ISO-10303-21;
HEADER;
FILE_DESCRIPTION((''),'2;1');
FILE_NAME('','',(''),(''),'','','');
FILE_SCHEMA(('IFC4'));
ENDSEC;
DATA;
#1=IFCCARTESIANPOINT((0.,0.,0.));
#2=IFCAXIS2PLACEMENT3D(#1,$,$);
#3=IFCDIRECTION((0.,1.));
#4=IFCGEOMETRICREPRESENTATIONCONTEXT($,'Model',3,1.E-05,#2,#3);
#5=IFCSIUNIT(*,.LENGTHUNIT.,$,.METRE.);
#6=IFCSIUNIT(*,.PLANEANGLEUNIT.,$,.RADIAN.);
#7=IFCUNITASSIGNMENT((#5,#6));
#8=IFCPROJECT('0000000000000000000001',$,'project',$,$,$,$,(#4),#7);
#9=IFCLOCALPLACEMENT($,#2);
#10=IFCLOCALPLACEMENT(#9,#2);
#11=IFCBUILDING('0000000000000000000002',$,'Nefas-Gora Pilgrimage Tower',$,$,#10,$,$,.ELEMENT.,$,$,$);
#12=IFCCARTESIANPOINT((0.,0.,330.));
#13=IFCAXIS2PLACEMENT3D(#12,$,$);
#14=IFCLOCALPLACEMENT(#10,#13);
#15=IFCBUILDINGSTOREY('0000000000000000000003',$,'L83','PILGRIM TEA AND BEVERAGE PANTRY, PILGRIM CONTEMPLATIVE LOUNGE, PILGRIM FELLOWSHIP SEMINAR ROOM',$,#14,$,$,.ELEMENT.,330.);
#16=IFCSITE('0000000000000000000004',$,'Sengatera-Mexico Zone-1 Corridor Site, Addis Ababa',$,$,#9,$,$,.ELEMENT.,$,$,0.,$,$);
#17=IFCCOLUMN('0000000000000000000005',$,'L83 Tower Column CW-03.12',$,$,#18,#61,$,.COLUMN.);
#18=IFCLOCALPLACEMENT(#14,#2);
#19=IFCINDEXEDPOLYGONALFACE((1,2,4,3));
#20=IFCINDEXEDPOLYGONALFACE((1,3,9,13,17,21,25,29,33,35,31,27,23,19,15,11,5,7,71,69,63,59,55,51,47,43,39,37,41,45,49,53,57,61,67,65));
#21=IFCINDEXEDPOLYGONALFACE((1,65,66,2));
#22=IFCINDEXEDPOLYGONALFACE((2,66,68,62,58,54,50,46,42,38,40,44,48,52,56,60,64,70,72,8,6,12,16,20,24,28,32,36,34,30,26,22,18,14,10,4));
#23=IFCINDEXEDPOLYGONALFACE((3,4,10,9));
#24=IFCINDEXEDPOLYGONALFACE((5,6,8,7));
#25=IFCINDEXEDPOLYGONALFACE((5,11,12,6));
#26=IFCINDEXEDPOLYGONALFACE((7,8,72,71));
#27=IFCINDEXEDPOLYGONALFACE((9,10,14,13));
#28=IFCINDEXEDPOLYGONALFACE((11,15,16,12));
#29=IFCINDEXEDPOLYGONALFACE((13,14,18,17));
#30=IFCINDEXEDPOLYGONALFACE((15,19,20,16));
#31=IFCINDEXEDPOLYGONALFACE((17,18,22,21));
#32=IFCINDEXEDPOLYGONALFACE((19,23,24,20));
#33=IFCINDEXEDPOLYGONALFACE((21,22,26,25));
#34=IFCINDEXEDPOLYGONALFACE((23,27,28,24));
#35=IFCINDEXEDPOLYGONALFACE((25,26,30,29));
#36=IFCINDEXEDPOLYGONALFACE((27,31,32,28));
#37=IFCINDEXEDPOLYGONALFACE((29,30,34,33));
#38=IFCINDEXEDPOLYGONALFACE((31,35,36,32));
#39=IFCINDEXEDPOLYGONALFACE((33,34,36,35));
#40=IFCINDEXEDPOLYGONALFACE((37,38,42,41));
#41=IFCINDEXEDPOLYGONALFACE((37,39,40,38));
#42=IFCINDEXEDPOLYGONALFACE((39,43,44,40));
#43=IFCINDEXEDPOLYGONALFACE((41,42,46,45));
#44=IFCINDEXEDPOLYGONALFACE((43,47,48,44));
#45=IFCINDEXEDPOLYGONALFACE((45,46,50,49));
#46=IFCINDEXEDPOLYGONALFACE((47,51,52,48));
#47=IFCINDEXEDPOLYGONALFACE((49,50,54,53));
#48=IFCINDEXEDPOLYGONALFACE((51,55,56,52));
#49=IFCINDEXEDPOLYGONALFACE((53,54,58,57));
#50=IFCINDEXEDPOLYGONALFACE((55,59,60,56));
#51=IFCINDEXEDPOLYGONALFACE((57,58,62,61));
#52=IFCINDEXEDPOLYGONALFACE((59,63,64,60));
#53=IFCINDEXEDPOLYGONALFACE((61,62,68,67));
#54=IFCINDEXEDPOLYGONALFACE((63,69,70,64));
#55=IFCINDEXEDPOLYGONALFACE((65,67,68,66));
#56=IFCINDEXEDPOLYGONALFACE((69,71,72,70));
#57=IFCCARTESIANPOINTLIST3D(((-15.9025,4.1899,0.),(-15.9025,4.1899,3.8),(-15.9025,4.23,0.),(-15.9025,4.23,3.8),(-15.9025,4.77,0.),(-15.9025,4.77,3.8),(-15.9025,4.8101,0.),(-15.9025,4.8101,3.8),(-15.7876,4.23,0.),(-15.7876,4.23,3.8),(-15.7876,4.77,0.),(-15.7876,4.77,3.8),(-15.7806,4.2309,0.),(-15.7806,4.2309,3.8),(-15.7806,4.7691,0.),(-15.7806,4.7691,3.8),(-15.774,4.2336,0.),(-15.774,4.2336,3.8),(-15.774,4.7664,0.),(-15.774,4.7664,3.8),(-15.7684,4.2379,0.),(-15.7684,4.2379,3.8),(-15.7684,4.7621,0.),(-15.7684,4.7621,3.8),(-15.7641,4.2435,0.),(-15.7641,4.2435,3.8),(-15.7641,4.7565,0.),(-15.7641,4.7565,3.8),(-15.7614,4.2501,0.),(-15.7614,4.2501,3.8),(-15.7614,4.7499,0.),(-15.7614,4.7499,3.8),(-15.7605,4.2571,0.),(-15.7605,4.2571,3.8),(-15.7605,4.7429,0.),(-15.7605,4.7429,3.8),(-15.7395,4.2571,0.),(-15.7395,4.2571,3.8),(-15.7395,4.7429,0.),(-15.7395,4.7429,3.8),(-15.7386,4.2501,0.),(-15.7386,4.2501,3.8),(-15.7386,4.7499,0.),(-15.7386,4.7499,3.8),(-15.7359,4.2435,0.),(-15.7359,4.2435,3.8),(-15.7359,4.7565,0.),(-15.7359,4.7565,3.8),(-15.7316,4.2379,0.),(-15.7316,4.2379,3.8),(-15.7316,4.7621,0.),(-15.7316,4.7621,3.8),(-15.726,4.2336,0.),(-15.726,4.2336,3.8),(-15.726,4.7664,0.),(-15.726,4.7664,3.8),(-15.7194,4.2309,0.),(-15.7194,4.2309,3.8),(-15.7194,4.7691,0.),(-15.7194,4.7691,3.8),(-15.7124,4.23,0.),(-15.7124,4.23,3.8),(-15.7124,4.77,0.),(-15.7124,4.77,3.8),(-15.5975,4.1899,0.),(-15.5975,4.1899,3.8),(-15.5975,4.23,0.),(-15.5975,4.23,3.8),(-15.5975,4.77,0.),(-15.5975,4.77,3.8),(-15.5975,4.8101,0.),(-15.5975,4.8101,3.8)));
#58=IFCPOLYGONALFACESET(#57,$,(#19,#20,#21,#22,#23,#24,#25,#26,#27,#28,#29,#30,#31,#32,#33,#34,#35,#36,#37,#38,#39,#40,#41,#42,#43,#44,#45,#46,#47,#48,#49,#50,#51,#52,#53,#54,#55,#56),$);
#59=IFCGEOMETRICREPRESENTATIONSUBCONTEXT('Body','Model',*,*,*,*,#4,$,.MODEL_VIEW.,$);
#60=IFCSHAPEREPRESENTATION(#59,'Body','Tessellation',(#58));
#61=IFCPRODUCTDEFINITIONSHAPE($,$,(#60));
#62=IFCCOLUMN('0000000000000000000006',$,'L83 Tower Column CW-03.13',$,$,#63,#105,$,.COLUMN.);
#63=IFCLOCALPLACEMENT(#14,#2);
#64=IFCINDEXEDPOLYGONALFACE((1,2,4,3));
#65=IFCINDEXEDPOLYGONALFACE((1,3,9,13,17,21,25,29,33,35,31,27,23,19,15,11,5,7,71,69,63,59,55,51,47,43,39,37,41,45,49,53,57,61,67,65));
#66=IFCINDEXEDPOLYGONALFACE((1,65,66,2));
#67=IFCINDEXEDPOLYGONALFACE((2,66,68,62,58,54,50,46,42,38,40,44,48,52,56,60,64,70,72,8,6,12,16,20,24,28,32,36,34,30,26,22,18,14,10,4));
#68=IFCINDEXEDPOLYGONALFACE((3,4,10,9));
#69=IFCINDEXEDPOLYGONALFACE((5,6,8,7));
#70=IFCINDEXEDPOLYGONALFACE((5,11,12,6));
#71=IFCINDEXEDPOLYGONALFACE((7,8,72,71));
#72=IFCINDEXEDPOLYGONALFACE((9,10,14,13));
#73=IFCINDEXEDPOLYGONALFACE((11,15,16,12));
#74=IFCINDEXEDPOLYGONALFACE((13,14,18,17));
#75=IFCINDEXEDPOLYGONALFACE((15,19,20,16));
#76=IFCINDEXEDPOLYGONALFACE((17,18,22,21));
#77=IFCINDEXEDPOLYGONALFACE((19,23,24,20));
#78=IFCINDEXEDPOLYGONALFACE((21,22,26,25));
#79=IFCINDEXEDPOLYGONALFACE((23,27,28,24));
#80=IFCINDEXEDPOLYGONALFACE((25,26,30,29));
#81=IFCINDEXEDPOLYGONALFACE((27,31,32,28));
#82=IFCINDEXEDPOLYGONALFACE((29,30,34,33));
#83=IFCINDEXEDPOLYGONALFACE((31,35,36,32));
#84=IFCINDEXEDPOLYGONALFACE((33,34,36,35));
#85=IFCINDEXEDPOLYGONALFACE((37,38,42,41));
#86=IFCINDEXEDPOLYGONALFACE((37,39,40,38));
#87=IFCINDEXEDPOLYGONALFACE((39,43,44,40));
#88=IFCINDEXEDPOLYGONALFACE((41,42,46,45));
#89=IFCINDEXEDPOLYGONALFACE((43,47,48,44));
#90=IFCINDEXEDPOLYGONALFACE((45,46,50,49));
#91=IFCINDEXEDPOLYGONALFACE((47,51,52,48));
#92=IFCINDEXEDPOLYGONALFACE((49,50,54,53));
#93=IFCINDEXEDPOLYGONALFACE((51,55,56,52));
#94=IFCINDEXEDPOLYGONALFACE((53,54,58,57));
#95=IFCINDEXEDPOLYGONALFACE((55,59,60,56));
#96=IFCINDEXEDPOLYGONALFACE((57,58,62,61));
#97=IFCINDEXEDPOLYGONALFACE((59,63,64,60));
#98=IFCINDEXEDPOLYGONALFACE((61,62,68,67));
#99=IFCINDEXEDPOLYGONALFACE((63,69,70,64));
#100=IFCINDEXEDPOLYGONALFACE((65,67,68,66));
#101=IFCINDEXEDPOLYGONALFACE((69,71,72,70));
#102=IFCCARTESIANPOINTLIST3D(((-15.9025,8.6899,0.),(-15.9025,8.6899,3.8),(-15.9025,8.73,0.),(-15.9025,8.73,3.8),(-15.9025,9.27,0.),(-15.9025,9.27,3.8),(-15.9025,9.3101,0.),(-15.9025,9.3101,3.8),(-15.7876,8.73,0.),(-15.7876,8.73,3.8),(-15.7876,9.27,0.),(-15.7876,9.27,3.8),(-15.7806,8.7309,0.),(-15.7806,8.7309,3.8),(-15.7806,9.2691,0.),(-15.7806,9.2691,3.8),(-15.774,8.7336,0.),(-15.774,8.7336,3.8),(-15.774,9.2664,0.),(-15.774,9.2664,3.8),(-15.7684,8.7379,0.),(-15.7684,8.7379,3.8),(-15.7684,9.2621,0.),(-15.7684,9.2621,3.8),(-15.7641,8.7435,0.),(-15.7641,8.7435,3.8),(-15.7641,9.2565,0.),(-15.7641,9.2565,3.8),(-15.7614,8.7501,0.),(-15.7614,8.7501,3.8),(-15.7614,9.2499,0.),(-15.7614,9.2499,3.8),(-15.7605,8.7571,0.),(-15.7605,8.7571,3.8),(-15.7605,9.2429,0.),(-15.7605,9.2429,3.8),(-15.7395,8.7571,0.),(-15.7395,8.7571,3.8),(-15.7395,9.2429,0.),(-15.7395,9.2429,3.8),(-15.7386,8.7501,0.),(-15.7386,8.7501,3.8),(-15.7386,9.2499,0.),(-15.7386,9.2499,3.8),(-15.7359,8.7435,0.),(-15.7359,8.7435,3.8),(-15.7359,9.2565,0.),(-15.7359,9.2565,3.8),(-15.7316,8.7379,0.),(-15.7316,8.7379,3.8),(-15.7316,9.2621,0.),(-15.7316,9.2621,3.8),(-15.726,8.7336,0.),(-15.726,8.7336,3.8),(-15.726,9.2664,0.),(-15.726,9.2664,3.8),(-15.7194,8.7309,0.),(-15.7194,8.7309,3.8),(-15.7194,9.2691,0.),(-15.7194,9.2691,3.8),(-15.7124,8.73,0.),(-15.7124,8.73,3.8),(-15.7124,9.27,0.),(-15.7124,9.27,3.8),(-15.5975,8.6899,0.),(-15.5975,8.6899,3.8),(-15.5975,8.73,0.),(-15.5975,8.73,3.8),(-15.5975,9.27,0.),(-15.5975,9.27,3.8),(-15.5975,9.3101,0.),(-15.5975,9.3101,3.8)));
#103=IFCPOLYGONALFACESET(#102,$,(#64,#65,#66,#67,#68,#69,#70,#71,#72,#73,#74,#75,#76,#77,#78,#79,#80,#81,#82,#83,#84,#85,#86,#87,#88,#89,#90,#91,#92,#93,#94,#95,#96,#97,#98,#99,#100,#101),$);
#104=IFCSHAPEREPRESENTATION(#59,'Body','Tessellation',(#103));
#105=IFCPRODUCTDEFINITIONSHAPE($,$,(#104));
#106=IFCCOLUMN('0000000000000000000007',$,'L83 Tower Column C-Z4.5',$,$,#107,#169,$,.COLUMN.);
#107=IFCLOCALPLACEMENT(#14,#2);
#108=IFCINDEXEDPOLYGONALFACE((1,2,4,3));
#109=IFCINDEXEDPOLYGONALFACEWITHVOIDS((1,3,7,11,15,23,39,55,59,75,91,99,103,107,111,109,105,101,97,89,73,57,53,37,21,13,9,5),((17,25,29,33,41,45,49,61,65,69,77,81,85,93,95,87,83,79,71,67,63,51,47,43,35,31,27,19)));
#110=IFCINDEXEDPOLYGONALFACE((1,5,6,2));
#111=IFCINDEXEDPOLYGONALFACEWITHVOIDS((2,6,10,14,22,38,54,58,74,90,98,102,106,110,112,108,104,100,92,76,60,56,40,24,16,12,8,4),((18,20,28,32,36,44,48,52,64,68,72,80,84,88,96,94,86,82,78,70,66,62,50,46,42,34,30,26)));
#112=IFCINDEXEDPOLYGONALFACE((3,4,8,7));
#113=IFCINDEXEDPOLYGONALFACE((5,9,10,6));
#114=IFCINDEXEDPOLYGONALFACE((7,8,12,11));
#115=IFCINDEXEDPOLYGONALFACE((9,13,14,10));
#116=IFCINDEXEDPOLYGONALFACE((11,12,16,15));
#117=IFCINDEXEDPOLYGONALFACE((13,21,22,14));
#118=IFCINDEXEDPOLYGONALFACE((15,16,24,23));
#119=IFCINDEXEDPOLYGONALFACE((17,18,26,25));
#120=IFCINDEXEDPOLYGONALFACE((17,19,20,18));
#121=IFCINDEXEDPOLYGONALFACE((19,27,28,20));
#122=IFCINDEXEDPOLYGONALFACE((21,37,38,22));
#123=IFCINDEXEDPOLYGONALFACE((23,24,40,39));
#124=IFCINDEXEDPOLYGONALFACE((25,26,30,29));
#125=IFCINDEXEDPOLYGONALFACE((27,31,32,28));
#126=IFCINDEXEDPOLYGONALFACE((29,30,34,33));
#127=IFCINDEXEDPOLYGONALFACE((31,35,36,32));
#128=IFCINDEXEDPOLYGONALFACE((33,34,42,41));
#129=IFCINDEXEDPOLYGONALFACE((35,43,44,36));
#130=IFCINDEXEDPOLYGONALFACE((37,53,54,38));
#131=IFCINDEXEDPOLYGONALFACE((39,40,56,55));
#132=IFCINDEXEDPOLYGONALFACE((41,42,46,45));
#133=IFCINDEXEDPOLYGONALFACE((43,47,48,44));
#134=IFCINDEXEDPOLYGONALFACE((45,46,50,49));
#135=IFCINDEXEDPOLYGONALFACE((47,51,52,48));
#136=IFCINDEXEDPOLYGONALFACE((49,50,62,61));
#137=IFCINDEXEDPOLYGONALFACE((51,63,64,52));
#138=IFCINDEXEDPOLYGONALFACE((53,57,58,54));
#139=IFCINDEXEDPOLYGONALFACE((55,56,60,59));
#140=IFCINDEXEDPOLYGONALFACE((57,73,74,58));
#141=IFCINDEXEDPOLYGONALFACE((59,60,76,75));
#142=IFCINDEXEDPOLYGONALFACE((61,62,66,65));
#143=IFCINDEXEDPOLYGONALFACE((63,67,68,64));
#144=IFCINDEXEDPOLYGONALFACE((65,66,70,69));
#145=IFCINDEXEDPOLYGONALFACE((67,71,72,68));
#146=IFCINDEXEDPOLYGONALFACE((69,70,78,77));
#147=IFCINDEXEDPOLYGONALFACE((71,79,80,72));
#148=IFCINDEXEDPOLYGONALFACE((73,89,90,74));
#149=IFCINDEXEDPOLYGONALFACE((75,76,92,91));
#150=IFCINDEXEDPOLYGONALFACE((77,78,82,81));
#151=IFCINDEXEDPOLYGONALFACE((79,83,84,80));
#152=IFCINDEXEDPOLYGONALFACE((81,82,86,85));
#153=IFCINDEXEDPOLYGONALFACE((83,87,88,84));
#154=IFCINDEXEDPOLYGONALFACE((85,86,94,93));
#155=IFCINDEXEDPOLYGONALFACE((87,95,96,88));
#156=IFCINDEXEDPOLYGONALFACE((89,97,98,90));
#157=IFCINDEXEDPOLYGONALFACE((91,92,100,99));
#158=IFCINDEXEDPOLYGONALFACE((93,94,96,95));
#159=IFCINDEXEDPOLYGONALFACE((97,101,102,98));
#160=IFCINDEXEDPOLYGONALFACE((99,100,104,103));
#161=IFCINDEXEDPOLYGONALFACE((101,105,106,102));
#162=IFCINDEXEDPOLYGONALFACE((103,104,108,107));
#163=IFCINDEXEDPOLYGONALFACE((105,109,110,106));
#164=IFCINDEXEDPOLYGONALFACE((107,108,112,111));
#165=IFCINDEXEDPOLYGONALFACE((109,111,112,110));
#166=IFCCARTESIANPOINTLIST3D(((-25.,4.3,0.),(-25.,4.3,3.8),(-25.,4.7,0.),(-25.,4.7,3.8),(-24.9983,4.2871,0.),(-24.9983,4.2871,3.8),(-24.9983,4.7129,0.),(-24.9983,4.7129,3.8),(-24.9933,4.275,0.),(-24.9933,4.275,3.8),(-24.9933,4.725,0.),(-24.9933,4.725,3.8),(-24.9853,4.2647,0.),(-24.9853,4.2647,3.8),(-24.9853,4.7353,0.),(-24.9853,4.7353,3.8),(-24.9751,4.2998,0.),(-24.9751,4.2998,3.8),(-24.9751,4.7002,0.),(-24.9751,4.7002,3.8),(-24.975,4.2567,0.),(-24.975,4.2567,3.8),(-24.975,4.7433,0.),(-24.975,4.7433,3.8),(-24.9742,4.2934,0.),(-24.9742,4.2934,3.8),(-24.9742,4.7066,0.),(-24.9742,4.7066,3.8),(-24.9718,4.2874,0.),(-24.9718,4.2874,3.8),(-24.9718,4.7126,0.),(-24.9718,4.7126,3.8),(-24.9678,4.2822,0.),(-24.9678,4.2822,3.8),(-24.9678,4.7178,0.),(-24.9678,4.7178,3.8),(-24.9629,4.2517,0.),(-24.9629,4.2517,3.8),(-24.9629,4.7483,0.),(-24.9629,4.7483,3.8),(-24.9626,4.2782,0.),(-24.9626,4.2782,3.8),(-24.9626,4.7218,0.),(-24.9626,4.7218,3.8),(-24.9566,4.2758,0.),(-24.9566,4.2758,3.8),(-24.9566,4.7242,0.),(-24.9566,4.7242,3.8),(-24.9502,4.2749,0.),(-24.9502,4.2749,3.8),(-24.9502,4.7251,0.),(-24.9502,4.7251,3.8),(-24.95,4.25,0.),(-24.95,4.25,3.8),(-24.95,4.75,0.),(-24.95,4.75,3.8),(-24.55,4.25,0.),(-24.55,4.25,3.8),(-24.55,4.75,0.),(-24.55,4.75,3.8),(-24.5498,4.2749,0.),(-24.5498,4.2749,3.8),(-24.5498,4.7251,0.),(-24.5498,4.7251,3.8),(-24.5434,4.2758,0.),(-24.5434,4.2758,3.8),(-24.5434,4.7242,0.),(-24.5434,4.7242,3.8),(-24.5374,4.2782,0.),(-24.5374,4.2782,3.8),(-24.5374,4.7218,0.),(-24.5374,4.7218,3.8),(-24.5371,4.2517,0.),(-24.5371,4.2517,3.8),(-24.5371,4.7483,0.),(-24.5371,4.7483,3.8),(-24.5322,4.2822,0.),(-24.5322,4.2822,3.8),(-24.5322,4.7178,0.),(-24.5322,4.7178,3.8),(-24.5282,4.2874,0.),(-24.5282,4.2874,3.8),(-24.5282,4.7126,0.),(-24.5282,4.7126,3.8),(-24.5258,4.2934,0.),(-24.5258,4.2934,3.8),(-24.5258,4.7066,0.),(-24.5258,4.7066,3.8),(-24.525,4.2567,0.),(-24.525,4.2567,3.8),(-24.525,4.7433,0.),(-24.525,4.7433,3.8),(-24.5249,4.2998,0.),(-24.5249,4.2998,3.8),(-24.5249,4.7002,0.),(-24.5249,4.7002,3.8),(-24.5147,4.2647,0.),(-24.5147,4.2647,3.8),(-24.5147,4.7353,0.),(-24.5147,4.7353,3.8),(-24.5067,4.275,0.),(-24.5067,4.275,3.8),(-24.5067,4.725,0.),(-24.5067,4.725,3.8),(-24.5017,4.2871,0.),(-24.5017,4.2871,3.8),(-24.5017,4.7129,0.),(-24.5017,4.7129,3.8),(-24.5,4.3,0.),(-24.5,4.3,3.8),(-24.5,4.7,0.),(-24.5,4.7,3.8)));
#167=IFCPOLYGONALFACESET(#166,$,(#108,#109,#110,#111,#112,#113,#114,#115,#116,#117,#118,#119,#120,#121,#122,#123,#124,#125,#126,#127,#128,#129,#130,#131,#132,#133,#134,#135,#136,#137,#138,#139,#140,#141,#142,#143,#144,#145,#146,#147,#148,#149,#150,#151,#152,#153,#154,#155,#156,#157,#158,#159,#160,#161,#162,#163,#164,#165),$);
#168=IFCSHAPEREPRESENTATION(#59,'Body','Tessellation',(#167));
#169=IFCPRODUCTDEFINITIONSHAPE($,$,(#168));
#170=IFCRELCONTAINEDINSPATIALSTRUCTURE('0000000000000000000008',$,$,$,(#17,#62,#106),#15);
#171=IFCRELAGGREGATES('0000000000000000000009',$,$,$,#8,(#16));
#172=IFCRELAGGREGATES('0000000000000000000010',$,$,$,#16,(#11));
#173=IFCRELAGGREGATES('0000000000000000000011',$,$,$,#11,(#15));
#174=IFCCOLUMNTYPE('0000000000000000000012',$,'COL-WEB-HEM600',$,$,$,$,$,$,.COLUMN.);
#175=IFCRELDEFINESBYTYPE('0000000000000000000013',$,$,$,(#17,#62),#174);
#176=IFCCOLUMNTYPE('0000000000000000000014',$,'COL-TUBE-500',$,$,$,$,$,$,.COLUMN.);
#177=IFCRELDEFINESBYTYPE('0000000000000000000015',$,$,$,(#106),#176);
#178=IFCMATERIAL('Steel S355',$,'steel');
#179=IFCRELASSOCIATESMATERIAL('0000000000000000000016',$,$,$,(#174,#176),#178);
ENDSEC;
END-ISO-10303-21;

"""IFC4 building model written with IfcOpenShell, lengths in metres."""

from ifc_helpers import new_model, si_unit, direction, frame, origin, origin_2d, place, context, subcontext, project, spatial, hollow_rectangle, i_section, extrude, source, transform, mapped, material, material_profile, profile_set, type_object, element, save


model = new_model("IFC4")

# Units and contexts
model_context = context("Model", 3, precision=1e-05, world=origin(), true_north=direction((0.0, 1.0)))
body_context = subcontext(model_context, "Body", "Model", "MODEL_VIEW")
ifc_project = project(units=[si_unit("LENGTHUNIT", "METRE"), si_unit("PLANEANGLEUNIT", "RADIAN")], contexts=[model_context])

# Site, building, storey
site_placement = place(None, origin())
site = spatial("IfcSite", under=ifc_project, at=site_placement, Name="Sengatera-Mexico Zone-1 Corridor Site, Addis Ababa", CompositionType="ELEMENT", RefElevation=0.0)
building_placement = place(site_placement, origin())
building = spatial("IfcBuilding", under=site, at=building_placement, Name="Nefas-Gora Pilgrimage Tower", CompositionType="ELEMENT")
storey_placement = place(building_placement, frame((0.0, 0.0, 330.0)))
storey = spatial("IfcBuildingStorey", under=building, at=storey_placement, Name="L83", Description="PILGRIM TEA AND BEVERAGE PANTRY, PILGRIM CONTEMPLATIVE LOUNGE, PILGRIM FELLOWSHIP SEMINAR ROOM", CompositionType="ELEMENT", Elevation=330.0)

# Columns
ifc_material_1 = material(Name="Steel S355", Category="steel")
ifc_material_profile_1 = material_profile(ifc_material_1, i_section(OverallWidth=0.3049, OverallDepth=0.6201, WebThickness=0.021, FlangeThickness=0.04, FilletRadius=0.0271, at=origin_2d()), Name="HEM 600")
ifc_profile_set_1 = profile_set([ifc_material_profile_1], Name="Steel S355")
column_type_1 = type_object("IfcColumnType", Name="COL-WEB-HEM600", PredefinedType="COLUMN", material=ifc_profile_set_1)
shared_shape_1 = source(origin(), body_context, "Body", "SweptSolid", [
    extrude(i_section(OverallWidth=0.3049, OverallDepth=0.6201, WebThickness=0.021, FlangeThickness=0.04, FilletRadius=0.0271, at=origin_2d()), origin(), (0.0, 0.0, 1.0), 3.8),
])
for number, where, z_axis, x_axis, name in (
    (1, (-15.75, 4.5, 0.0), (0.0, 0.0, 1.0), (1.0, 0.0, 0.0), "L83 Tower Column CW-03.12"),
    (2, (-15.75, 9.0, 0.0), (0.0, 0.0, 1.0), (1.0, 0.0, 0.0), "L83 Tower Column CW-03.13"),
):
    element("IfcColumn", number, at=place(storey_placement, frame(where, z_axis=z_axis, x_axis=x_axis)), inside=storey, type_object=column_type_1, Name=name, PredefinedType="COLUMN", context=body_context, shape_type="MappedRepresentation", body=[
        mapped(shared_shape_1, transform((0.0, 0.0, 0.0), x_axis=(1.0, 0.0, 0.0), y_axis=(0.0, 1.0, 0.0), z_axis=(0.0, 0.0, 1.0), scale=1.0)),
    ])
ifc_material_profile_2 = material_profile(ifc_material_1, hollow_rectangle(XDim=0.5, YDim=0.5, WallThickness=0.0249, InnerFilletRadius=0.0249, OuterFilletRadius=0.05, at=origin_2d()), Name="SHS 500x500x25")
ifc_profile_set_2 = profile_set([ifc_material_profile_2], Name="Steel S355")
column_type_2 = type_object("IfcColumnType", Name="COL-TUBE-500", PredefinedType="COLUMN", material=ifc_profile_set_2)
shared_shape_2 = source(origin(), body_context, "Body", "SweptSolid", [
    extrude(hollow_rectangle(XDim=0.5, YDim=0.5, WallThickness=0.0249, InnerFilletRadius=0.0249, OuterFilletRadius=0.05, at=origin_2d()), origin(), (0.0, 0.0, 1.0), 3.8),
])
for number, where, z_axis, x_axis, name in (
    (3, (-24.75, 4.5, 0.0), (0.0, 0.0, 1.0), (1.0, 0.0, 0.0), "L83 Tower Column C-Z4.5"),
):
    element("IfcColumn", number, at=place(storey_placement, frame(where, z_axis=z_axis, x_axis=x_axis)), inside=storey, type_object=column_type_2, Name=name, PredefinedType="COLUMN", context=body_context, shape_type="MappedRepresentation", body=[
        mapped(shared_shape_2, transform((0.0, 0.0, 0.0), x_axis=(1.0, 0.0, 0.0), y_axis=(0.0, 1.0, 0.0), z_axis=(0.0, 0.0, 1.0), scale=1.0)),
    ])

save(model, "model.ifc")
